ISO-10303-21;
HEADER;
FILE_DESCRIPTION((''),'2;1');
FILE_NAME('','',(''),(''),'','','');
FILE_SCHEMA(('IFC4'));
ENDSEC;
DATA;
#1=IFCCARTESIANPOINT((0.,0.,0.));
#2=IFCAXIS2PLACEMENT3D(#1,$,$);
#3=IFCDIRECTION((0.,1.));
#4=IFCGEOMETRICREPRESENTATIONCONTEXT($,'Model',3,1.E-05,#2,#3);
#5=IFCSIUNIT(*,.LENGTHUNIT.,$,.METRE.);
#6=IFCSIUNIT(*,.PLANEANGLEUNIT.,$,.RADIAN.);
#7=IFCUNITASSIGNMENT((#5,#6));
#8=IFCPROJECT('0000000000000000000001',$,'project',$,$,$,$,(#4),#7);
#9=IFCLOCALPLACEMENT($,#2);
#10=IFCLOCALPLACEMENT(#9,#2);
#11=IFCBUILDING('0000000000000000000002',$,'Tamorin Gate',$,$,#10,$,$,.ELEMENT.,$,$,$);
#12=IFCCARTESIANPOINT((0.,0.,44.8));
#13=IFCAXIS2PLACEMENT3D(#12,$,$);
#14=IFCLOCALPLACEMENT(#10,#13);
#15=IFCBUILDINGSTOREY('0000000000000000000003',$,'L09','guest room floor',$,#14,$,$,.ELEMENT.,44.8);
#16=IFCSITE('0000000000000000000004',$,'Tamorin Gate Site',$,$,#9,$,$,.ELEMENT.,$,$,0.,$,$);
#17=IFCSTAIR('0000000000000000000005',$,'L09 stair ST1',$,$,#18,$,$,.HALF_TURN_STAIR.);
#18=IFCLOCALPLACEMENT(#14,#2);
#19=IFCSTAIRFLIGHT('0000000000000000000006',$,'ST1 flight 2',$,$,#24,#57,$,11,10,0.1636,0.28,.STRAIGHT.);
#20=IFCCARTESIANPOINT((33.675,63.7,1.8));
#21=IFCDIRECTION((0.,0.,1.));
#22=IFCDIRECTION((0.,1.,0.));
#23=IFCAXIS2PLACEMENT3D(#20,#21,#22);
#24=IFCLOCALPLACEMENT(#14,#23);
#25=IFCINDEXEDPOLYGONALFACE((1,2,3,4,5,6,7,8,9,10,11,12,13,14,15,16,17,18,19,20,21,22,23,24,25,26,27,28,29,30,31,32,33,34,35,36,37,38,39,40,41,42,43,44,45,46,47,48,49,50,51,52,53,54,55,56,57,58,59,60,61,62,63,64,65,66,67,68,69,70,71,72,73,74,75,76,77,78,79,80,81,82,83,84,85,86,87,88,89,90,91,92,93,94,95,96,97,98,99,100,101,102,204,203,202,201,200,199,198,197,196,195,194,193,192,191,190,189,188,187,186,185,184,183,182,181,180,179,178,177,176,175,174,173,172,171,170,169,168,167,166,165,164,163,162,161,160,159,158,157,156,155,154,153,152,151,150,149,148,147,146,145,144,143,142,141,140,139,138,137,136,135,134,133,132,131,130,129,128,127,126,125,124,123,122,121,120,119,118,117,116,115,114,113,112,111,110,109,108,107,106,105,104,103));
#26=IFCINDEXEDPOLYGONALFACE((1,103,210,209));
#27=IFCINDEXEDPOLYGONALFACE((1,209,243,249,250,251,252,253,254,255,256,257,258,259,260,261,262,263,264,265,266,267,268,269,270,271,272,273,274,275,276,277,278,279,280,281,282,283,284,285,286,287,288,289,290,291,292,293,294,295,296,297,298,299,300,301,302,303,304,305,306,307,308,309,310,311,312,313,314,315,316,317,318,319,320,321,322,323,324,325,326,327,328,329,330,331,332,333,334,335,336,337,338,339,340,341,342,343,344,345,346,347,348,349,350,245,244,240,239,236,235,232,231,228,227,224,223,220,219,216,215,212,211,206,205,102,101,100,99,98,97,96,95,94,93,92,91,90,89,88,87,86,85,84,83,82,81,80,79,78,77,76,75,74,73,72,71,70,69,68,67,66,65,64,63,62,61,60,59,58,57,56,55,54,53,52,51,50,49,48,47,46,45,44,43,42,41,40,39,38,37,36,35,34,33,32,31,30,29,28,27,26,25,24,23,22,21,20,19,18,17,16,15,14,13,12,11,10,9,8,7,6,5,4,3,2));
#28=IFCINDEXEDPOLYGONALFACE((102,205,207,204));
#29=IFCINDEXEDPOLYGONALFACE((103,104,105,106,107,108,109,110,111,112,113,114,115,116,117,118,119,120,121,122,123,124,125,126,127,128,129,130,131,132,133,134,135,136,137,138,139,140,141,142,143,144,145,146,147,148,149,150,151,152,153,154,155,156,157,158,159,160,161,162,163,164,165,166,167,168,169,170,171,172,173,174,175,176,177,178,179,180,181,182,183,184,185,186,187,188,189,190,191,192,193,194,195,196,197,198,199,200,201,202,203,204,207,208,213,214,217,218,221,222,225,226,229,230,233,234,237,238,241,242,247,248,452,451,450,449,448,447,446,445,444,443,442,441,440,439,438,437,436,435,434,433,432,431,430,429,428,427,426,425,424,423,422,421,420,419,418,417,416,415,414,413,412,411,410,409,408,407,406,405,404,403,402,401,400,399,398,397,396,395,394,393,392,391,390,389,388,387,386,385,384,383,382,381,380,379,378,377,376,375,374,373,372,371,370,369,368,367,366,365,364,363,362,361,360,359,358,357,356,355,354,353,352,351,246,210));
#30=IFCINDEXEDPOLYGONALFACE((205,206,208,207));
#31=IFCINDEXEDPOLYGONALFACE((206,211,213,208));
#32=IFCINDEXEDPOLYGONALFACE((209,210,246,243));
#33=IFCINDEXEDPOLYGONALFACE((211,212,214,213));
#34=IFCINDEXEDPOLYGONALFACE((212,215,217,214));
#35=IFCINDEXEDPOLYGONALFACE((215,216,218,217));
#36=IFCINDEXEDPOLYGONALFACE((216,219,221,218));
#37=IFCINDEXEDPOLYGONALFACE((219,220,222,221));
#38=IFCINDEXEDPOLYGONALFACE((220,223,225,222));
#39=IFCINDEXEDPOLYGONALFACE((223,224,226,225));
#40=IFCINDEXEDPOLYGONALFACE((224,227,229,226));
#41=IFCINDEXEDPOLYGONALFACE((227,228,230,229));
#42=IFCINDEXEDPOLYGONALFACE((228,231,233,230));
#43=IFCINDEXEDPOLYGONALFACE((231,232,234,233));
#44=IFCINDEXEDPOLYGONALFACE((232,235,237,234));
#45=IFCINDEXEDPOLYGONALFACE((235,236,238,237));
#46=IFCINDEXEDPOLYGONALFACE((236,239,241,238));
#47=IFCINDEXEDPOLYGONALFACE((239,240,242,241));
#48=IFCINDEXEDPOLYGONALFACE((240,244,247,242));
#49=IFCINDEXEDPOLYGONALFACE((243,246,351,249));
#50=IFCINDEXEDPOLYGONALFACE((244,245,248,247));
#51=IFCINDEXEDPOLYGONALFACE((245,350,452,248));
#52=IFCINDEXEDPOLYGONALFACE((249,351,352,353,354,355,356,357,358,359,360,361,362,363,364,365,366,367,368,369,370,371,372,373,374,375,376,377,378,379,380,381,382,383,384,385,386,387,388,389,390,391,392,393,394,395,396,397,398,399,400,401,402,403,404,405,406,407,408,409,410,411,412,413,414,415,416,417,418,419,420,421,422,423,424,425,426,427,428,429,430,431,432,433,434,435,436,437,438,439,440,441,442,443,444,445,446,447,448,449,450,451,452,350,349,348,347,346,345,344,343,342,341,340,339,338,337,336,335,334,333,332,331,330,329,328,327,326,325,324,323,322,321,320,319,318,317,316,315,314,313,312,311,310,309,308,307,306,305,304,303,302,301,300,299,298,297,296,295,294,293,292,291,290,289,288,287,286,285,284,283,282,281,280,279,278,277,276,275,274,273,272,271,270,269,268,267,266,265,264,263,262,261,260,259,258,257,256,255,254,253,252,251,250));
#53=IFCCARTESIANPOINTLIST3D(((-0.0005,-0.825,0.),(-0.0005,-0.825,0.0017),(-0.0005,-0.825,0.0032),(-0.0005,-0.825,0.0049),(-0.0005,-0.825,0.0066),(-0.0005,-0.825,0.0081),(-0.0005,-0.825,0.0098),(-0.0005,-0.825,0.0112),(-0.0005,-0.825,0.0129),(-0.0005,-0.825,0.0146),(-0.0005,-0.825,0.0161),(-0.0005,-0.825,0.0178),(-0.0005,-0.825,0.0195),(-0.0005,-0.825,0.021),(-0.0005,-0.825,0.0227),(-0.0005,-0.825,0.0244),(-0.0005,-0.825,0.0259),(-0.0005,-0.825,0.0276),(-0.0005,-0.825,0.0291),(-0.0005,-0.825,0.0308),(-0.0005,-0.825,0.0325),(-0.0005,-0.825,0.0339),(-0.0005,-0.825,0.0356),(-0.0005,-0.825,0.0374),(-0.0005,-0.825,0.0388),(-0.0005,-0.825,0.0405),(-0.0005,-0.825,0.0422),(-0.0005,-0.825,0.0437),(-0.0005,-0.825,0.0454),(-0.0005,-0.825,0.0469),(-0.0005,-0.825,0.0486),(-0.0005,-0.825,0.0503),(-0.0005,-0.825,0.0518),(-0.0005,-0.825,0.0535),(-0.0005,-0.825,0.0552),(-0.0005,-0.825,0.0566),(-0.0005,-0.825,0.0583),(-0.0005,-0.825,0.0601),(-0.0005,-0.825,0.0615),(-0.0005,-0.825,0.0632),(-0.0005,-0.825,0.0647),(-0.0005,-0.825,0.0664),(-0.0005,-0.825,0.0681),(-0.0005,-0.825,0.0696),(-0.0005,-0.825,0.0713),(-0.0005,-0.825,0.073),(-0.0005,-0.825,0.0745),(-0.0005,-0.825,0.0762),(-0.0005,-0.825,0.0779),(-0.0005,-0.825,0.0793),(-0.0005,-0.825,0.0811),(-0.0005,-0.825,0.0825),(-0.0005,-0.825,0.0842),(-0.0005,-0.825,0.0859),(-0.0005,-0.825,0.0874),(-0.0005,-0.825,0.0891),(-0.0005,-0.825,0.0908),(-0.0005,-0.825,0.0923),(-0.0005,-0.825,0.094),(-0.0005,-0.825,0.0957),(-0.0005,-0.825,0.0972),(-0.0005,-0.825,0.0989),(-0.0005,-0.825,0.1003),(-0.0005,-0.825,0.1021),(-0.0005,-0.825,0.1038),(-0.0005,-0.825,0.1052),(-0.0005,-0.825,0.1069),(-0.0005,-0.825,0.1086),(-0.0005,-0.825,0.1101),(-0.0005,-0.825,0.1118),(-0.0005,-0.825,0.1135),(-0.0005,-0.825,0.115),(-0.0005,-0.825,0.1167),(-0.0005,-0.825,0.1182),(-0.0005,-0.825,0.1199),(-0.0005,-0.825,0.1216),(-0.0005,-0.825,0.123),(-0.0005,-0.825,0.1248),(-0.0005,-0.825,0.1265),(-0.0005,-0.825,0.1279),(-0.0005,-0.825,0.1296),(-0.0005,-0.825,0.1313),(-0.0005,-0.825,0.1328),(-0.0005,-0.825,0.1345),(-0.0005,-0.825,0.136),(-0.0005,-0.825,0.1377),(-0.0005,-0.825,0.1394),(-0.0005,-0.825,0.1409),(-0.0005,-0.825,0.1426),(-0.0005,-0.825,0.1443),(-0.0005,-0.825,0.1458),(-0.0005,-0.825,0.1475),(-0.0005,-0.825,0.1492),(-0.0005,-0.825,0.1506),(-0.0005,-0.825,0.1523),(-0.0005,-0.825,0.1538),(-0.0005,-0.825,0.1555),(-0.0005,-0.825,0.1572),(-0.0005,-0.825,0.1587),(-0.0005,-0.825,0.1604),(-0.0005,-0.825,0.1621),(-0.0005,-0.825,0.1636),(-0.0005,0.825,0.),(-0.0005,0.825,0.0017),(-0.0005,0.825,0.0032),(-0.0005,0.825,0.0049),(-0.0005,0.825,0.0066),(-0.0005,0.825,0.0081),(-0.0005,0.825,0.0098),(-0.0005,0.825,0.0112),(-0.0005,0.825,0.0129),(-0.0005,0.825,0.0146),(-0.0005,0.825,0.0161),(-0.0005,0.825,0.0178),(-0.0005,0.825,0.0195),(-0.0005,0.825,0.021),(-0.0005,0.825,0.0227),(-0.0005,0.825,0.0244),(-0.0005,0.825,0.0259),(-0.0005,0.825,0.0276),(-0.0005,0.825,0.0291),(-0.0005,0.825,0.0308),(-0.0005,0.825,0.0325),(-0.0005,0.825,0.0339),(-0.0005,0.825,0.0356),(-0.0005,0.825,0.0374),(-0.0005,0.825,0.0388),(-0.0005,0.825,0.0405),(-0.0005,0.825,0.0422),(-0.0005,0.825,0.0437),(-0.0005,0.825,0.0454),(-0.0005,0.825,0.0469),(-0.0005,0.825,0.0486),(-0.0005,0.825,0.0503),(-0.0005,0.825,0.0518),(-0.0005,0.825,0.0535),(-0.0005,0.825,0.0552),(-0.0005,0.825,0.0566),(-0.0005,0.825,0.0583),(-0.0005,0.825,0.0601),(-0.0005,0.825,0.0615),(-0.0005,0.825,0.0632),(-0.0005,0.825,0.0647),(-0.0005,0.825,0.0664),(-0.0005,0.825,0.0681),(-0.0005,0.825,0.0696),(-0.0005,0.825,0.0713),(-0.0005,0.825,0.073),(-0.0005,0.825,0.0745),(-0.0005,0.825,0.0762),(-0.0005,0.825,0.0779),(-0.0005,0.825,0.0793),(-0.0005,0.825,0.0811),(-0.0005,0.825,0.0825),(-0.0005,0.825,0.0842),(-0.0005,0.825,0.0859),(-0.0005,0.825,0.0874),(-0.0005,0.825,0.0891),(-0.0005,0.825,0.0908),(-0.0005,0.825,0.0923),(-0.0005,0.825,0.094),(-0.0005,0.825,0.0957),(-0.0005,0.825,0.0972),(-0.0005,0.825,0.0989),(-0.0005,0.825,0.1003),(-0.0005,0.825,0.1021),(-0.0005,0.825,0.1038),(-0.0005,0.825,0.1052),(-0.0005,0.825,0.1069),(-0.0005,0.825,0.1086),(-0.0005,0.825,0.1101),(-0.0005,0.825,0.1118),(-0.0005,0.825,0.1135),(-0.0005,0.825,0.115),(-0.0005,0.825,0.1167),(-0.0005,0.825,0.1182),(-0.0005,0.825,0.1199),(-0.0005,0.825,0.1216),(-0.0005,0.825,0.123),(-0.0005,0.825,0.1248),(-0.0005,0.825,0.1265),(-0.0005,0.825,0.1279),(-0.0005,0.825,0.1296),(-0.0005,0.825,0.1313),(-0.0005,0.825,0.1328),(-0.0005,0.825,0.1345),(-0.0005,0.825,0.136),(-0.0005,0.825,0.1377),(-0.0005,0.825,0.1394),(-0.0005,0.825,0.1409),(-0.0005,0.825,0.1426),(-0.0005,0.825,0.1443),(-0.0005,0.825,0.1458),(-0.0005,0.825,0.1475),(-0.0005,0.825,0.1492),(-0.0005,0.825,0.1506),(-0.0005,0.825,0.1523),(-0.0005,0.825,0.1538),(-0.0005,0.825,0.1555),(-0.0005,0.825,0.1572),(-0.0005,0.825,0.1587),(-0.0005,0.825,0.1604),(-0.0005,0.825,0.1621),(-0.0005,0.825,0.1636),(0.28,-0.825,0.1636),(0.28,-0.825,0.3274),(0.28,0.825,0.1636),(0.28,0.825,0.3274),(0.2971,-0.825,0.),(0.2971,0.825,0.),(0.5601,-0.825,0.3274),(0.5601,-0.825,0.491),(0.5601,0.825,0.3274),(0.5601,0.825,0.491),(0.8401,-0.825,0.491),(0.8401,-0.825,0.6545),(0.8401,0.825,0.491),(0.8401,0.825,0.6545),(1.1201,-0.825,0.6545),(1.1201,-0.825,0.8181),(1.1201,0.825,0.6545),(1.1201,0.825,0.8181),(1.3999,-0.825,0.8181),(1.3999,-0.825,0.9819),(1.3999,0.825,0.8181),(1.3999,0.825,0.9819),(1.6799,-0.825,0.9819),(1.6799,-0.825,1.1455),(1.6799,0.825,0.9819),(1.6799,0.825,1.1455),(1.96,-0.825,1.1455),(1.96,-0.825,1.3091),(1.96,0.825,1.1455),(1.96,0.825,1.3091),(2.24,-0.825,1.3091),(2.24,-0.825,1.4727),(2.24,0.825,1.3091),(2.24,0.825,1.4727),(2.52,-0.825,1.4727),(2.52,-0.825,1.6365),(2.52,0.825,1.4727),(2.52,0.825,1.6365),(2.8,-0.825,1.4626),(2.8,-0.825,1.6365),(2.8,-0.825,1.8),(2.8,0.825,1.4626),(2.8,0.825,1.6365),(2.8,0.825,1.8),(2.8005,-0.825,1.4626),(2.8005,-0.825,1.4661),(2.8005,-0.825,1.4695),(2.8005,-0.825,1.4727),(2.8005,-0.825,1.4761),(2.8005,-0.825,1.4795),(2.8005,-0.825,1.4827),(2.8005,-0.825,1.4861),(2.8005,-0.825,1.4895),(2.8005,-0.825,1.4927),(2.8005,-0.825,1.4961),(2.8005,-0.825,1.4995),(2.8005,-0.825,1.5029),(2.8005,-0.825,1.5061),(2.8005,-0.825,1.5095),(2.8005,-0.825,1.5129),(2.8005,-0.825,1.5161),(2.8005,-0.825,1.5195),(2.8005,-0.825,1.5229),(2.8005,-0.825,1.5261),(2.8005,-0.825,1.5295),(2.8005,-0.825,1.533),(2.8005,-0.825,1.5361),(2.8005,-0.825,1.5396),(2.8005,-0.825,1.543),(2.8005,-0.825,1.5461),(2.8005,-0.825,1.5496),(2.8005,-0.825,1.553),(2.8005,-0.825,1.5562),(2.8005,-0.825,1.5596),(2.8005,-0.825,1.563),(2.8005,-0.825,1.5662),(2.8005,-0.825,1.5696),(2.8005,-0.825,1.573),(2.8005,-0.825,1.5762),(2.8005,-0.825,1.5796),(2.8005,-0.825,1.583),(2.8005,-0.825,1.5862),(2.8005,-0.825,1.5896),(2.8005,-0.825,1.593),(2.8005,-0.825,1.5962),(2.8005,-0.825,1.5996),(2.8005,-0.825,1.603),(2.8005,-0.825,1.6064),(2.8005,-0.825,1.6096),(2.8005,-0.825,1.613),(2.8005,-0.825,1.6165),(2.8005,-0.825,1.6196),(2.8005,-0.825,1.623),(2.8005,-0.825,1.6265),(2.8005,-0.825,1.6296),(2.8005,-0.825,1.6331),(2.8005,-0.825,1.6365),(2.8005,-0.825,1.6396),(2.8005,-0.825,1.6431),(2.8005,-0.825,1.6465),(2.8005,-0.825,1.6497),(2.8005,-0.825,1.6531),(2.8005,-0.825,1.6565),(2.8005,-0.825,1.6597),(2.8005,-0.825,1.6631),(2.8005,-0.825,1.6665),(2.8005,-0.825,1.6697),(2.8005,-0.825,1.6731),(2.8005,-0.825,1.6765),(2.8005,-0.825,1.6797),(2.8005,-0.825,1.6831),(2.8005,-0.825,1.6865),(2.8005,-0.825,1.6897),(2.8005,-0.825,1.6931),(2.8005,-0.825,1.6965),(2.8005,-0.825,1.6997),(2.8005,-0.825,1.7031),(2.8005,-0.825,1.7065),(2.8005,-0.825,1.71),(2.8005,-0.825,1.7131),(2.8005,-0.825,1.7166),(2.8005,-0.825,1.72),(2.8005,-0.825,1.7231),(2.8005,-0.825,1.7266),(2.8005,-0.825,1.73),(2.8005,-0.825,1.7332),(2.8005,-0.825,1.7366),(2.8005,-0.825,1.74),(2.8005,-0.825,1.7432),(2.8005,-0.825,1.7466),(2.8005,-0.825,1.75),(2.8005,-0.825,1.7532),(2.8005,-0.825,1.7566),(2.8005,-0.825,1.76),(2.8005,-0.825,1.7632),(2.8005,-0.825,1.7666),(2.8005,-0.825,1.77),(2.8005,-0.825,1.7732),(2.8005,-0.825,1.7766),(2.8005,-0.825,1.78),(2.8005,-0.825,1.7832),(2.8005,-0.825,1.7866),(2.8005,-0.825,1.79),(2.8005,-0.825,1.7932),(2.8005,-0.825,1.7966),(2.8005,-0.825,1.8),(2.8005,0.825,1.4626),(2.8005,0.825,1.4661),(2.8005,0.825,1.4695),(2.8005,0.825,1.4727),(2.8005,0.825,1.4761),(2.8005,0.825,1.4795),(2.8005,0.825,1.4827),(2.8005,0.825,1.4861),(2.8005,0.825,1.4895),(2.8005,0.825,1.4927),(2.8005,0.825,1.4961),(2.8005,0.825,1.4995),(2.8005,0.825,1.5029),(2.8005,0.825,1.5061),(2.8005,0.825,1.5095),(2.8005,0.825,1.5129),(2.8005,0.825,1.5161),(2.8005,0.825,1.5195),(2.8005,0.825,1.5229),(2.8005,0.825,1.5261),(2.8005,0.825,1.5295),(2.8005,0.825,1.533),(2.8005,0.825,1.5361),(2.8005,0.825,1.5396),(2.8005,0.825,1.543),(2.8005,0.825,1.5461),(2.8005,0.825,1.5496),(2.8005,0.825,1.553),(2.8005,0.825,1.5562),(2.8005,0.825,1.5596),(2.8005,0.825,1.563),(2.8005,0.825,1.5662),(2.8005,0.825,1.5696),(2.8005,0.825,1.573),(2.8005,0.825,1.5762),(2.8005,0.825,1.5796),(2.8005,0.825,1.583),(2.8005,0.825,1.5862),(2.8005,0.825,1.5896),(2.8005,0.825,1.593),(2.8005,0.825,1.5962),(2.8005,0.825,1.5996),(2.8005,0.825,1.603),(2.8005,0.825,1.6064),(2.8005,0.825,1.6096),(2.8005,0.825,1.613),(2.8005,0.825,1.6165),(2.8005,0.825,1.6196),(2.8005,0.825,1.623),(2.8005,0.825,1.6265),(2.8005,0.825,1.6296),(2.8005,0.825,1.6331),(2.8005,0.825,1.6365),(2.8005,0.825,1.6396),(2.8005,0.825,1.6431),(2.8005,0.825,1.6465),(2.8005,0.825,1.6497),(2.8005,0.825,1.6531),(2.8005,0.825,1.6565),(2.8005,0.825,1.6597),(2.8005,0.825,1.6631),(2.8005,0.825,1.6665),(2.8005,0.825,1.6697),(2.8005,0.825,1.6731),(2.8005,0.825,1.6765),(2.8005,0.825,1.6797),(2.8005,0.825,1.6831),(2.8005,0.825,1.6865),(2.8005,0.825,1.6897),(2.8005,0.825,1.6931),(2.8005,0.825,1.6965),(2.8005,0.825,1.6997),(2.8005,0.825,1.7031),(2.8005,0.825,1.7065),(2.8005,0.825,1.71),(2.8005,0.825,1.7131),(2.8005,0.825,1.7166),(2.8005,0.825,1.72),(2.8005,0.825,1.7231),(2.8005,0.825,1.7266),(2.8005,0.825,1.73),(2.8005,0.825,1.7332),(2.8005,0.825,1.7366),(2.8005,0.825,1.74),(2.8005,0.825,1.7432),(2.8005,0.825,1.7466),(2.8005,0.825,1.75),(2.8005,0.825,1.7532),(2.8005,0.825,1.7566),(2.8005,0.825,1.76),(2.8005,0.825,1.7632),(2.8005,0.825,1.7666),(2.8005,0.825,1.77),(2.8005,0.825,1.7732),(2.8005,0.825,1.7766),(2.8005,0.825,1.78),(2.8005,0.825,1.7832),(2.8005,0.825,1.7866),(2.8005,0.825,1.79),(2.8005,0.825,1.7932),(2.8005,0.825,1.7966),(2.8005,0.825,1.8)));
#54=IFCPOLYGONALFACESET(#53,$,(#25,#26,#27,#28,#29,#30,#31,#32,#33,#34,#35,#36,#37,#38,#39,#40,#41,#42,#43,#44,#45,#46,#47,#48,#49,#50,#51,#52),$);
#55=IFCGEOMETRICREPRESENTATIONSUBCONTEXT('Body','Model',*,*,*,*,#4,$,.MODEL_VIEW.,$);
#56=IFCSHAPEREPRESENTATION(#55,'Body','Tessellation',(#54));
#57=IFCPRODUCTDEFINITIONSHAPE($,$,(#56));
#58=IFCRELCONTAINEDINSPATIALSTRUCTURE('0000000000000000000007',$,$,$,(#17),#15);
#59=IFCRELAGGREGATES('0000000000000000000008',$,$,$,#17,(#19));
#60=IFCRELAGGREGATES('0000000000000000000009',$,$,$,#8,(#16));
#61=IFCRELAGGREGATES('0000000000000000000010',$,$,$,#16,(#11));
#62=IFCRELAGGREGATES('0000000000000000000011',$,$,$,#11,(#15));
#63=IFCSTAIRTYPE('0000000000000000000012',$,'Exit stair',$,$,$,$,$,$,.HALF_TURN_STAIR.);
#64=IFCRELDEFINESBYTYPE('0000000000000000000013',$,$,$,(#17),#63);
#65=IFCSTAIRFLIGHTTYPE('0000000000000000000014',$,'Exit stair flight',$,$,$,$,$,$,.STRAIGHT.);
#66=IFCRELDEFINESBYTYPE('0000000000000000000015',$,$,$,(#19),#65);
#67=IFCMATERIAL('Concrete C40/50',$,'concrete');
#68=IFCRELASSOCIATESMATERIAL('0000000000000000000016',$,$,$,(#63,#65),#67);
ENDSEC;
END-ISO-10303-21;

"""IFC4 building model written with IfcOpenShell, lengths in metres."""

from ifc_helpers import new_model, si_unit, direction, frame, origin, place, context, subcontext, project, spatial, polyline, outline, extrude, material, type_object, element, aggregate, save


model = new_model("IFC4")

# Units and contexts
model_context = context("Model", 3, precision=1e-05, world=origin(), true_north=direction((0.0, 1.0)))
body_context = subcontext(model_context, "Body", "Model", "MODEL_VIEW")
ifc_project = project(units=[si_unit("LENGTHUNIT", "METRE"), si_unit("PLANEANGLEUNIT", "RADIAN")], contexts=[model_context])

# Site, building, storey
site_placement = place(None, origin())
site = spatial("IfcSite", under=ifc_project, at=site_placement, Name="Tamorin Gate Site", CompositionType="ELEMENT", RefElevation=0.0)
building_placement = place(site_placement, origin())
building = spatial("IfcBuilding", under=site, at=building_placement, Name="Tamorin Gate", CompositionType="ELEMENT")
storey_placement = place(building_placement, frame((0.0, 0.0, 44.8)))
storey = spatial("IfcBuildingStorey", under=building, at=storey_placement, Name="L09", Description="guest room floor", CompositionType="ELEMENT", Elevation=44.8)

# Shared definitions
ifc_material_1 = material(Name="Concrete C40/50", Category="concrete")

# Stair, stair flight
stair_type = type_object("IfcStairType", Name="Exit stair", PredefinedType="HALF_TURN_STAIR", material=ifc_material_1)
stair_placement = place(storey_placement, origin())
stair = element("IfcStair", 1, at=stair_placement, inside=storey, type_object=stair_type, Name="L09 stair ST1", PredefinedType="HALF_TURN_STAIR")
stair_flight_type = type_object("IfcStairFlightType", Name="Exit stair flight", PredefinedType="STRAIGHT", material=ifc_material_1)
stair_flight_1_placement = place(storey_placement, frame((33.675, 63.7, 1.8), z_axis=(0.0, 0.0, 1.0), x_axis=(0.0, 1.0, 0.0)))
stair_flight_1 = element("IfcStairFlight", 2, at=stair_flight_1_placement, type_object=stair_flight_type, Name="ST1 flight 2", NumberOfRisers=11, NumberOfTreads=10, PredefinedType="STRAIGHT", RiserHeight=0.1636, TreadLength=0.28, context=body_context, shape_type="SweptSolid", body=[
    extrude(outline(polyline([(-0.0005, 0.0), (-0.0005, 0.0017), (-0.0005, 0.0032), (-0.0005, 0.0049), (-0.0005, 0.0066), (-0.0005, 0.0081), (-0.0005, 0.0098), (-0.0005, 0.0112), (-0.0005, 0.0129), (-0.0005, 0.0146), (-0.0005, 0.0161), (-0.0005, 0.0178), (-0.0005, 0.0195), (-0.0005, 0.021), (-0.0005, 0.0227), (-0.0005, 0.0244), (-0.0005, 0.0259), (-0.0005, 0.0276), (-0.0005, 0.0291), (-0.0005, 0.0308), (-0.0005, 0.0325), (-0.0005, 0.0339), (-0.0005, 0.0356), (-0.0005, 0.0374), (-0.0005, 0.0388), (-0.0005, 0.0405), (-0.0005, 0.0422), (-0.0005, 0.0437), (-0.0005, 0.0454), (-0.0005, 0.0469), (-0.0005, 0.0486), (-0.0005, 0.0503), (-0.0005, 0.0518), (-0.0005, 0.0535), (-0.0005, 0.0552), (-0.0005, 0.0566), (-0.0005, 0.0583), (-0.0005, 0.0601), (-0.0005, 0.0615), (-0.0005, 0.0632), (-0.0005, 0.0647), (-0.0005, 0.0664), (-0.0005, 0.0681), (-0.0005, 0.0696), (-0.0005, 0.0713), (-0.0005, 0.073), (-0.0005, 0.0745), (-0.0005, 0.0762), (-0.0005, 0.0779), (-0.0005, 0.0793), (-0.0005, 0.0811), (-0.0005, 0.0825), (-0.0005, 0.0842), (-0.0005, 0.0859), (-0.0005, 0.0874), (-0.0005, 0.0891), (-0.0005, 0.0908), (-0.0005, 0.0923), (-0.0005, 0.094), (-0.0005, 0.0957), (-0.0005, 0.0972), (-0.0005, 0.0989), (-0.0005, 0.1003), (-0.0005, 0.1021), (-0.0005, 0.1038), (-0.0005, 0.1052), (-0.0005, 0.1069), (-0.0005, 0.1086), (-0.0005, 0.1101), (-0.0005, 0.1118), (-0.0005, 0.1135), (-0.0005, 0.115), (-0.0005, 0.1167), (-0.0005, 0.1182), (-0.0005, 0.1199), (-0.0005, 0.1216), (-0.0005, 0.123), (-0.0005, 0.1248), (-0.0005, 0.1265), (-0.0005, 0.1279), (-0.0005, 0.1296), (-0.0005, 0.1313), (-0.0005, 0.1328), (-0.0005, 0.1345), (-0.0005, 0.136), (-0.0005, 0.1377), (-0.0005, 0.1394), (-0.0005, 0.1409), (-0.0005, 0.1426), (-0.0005, 0.1443), (-0.0005, 0.1458), (-0.0005, 0.1475), (-0.0005, 0.1492), (-0.0005, 0.1506), (-0.0005, 0.1523), (-0.0005, 0.1538), (-0.0005, 0.1555), (-0.0005, 0.1572), (-0.0005, 0.1587), (-0.0005, 0.1604), (-0.0005, 0.1621), (-0.0005, 0.1636), (0.28, 0.1636), (0.28, 0.3274), (0.5601, 0.3274), (0.5601, 0.491), (0.8401, 0.491), (0.8401, 0.6545), (1.1201, 0.6545), (1.1201, 0.8181), (1.3999, 0.8181), (1.3999, 0.9819), (1.6799, 0.9819), (1.6799, 1.1455), (1.96, 1.1455), (1.96, 1.3091), (2.24, 1.3091), (2.24, 1.4727), (2.52, 1.4727), (2.52, 1.6365), (2.8, 1.6365), (2.8, 1.8), (2.8005, 1.8), (2.8005, 1.7966), (2.8005, 1.7932), (2.8005, 1.79), (2.8005, 1.7866), (2.8005, 1.7832), (2.8005, 1.78), (2.8005, 1.7766), (2.8005, 1.7732), (2.8005, 1.77), (2.8005, 1.7666), (2.8005, 1.7632), (2.8005, 1.76), (2.8005, 1.7566), (2.8005, 1.7532), (2.8005, 1.75), (2.8005, 1.7466), (2.8005, 1.7432), (2.8005, 1.74), (2.8005, 1.7366), (2.8005, 1.7332), (2.8005, 1.73), (2.8005, 1.7266), (2.8005, 1.7231), (2.8005, 1.72), (2.8005, 1.7166), (2.8005, 1.7131), (2.8005, 1.71), (2.8005, 1.7065), (2.8005, 1.7031), (2.8005, 1.6997), (2.8005, 1.6965), (2.8005, 1.6931), (2.8005, 1.6897), (2.8005, 1.6865), (2.8005, 1.6831), (2.8005, 1.6797), (2.8005, 1.6765), (2.8005, 1.6731), (2.8005, 1.6697), (2.8005, 1.6665), (2.8005, 1.6631), (2.8005, 1.6597), (2.8005, 1.6565), (2.8005, 1.6531), (2.8005, 1.6497), (2.8005, 1.6465), (2.8005, 1.6431), (2.8005, 1.6396), (2.8005, 1.6365), (2.8005, 1.6331), (2.8005, 1.6296), (2.8005, 1.6265), (2.8005, 1.623), (2.8005, 1.6196), (2.8005, 1.6165), (2.8005, 1.613), (2.8005, 1.6096), (2.8005, 1.6064), (2.8005, 1.603), (2.8005, 1.5996), (2.8005, 1.5962), (2.8005, 1.593), (2.8005, 1.5896), (2.8005, 1.5862), (2.8005, 1.583), (2.8005, 1.5796), (2.8005, 1.5762), (2.8005, 1.573), (2.8005, 1.5696), (2.8005, 1.5662), (2.8005, 1.563), (2.8005, 1.5596), (2.8005, 1.5562), (2.8005, 1.553), (2.8005, 1.5496), (2.8005, 1.5461), (2.8005, 1.543), (2.8005, 1.5396), (2.8005, 1.5361), (2.8005, 1.533), (2.8005, 1.5295), (2.8005, 1.5261), (2.8005, 1.5229), (2.8005, 1.5195), (2.8005, 1.5161), (2.8005, 1.5129), (2.8005, 1.5095), (2.8005, 1.5061), (2.8005, 1.5029), (2.8005, 1.4995), (2.8005, 1.4961), (2.8005, 1.4927), (2.8005, 1.4895), (2.8005, 1.4861), (2.8005, 1.4827), (2.8005, 1.4795), (2.8005, 1.4761), (2.8005, 1.4727), (2.8005, 1.4695), (2.8005, 1.4661), (2.8005, 1.4626), (2.8, 1.4626), (0.2971, 0.0), (-0.0005, 0.0)])), frame((0.0, 0.825, 0.0), z_axis=(0.0, -1.0, 0.0), x_axis=(1.0, 0.0, 0.0)), (0.0, 0.0, 1.0), 1.6499),
])
aggregate(stair, [stair_flight_1])

save(model, "model.ifc")
